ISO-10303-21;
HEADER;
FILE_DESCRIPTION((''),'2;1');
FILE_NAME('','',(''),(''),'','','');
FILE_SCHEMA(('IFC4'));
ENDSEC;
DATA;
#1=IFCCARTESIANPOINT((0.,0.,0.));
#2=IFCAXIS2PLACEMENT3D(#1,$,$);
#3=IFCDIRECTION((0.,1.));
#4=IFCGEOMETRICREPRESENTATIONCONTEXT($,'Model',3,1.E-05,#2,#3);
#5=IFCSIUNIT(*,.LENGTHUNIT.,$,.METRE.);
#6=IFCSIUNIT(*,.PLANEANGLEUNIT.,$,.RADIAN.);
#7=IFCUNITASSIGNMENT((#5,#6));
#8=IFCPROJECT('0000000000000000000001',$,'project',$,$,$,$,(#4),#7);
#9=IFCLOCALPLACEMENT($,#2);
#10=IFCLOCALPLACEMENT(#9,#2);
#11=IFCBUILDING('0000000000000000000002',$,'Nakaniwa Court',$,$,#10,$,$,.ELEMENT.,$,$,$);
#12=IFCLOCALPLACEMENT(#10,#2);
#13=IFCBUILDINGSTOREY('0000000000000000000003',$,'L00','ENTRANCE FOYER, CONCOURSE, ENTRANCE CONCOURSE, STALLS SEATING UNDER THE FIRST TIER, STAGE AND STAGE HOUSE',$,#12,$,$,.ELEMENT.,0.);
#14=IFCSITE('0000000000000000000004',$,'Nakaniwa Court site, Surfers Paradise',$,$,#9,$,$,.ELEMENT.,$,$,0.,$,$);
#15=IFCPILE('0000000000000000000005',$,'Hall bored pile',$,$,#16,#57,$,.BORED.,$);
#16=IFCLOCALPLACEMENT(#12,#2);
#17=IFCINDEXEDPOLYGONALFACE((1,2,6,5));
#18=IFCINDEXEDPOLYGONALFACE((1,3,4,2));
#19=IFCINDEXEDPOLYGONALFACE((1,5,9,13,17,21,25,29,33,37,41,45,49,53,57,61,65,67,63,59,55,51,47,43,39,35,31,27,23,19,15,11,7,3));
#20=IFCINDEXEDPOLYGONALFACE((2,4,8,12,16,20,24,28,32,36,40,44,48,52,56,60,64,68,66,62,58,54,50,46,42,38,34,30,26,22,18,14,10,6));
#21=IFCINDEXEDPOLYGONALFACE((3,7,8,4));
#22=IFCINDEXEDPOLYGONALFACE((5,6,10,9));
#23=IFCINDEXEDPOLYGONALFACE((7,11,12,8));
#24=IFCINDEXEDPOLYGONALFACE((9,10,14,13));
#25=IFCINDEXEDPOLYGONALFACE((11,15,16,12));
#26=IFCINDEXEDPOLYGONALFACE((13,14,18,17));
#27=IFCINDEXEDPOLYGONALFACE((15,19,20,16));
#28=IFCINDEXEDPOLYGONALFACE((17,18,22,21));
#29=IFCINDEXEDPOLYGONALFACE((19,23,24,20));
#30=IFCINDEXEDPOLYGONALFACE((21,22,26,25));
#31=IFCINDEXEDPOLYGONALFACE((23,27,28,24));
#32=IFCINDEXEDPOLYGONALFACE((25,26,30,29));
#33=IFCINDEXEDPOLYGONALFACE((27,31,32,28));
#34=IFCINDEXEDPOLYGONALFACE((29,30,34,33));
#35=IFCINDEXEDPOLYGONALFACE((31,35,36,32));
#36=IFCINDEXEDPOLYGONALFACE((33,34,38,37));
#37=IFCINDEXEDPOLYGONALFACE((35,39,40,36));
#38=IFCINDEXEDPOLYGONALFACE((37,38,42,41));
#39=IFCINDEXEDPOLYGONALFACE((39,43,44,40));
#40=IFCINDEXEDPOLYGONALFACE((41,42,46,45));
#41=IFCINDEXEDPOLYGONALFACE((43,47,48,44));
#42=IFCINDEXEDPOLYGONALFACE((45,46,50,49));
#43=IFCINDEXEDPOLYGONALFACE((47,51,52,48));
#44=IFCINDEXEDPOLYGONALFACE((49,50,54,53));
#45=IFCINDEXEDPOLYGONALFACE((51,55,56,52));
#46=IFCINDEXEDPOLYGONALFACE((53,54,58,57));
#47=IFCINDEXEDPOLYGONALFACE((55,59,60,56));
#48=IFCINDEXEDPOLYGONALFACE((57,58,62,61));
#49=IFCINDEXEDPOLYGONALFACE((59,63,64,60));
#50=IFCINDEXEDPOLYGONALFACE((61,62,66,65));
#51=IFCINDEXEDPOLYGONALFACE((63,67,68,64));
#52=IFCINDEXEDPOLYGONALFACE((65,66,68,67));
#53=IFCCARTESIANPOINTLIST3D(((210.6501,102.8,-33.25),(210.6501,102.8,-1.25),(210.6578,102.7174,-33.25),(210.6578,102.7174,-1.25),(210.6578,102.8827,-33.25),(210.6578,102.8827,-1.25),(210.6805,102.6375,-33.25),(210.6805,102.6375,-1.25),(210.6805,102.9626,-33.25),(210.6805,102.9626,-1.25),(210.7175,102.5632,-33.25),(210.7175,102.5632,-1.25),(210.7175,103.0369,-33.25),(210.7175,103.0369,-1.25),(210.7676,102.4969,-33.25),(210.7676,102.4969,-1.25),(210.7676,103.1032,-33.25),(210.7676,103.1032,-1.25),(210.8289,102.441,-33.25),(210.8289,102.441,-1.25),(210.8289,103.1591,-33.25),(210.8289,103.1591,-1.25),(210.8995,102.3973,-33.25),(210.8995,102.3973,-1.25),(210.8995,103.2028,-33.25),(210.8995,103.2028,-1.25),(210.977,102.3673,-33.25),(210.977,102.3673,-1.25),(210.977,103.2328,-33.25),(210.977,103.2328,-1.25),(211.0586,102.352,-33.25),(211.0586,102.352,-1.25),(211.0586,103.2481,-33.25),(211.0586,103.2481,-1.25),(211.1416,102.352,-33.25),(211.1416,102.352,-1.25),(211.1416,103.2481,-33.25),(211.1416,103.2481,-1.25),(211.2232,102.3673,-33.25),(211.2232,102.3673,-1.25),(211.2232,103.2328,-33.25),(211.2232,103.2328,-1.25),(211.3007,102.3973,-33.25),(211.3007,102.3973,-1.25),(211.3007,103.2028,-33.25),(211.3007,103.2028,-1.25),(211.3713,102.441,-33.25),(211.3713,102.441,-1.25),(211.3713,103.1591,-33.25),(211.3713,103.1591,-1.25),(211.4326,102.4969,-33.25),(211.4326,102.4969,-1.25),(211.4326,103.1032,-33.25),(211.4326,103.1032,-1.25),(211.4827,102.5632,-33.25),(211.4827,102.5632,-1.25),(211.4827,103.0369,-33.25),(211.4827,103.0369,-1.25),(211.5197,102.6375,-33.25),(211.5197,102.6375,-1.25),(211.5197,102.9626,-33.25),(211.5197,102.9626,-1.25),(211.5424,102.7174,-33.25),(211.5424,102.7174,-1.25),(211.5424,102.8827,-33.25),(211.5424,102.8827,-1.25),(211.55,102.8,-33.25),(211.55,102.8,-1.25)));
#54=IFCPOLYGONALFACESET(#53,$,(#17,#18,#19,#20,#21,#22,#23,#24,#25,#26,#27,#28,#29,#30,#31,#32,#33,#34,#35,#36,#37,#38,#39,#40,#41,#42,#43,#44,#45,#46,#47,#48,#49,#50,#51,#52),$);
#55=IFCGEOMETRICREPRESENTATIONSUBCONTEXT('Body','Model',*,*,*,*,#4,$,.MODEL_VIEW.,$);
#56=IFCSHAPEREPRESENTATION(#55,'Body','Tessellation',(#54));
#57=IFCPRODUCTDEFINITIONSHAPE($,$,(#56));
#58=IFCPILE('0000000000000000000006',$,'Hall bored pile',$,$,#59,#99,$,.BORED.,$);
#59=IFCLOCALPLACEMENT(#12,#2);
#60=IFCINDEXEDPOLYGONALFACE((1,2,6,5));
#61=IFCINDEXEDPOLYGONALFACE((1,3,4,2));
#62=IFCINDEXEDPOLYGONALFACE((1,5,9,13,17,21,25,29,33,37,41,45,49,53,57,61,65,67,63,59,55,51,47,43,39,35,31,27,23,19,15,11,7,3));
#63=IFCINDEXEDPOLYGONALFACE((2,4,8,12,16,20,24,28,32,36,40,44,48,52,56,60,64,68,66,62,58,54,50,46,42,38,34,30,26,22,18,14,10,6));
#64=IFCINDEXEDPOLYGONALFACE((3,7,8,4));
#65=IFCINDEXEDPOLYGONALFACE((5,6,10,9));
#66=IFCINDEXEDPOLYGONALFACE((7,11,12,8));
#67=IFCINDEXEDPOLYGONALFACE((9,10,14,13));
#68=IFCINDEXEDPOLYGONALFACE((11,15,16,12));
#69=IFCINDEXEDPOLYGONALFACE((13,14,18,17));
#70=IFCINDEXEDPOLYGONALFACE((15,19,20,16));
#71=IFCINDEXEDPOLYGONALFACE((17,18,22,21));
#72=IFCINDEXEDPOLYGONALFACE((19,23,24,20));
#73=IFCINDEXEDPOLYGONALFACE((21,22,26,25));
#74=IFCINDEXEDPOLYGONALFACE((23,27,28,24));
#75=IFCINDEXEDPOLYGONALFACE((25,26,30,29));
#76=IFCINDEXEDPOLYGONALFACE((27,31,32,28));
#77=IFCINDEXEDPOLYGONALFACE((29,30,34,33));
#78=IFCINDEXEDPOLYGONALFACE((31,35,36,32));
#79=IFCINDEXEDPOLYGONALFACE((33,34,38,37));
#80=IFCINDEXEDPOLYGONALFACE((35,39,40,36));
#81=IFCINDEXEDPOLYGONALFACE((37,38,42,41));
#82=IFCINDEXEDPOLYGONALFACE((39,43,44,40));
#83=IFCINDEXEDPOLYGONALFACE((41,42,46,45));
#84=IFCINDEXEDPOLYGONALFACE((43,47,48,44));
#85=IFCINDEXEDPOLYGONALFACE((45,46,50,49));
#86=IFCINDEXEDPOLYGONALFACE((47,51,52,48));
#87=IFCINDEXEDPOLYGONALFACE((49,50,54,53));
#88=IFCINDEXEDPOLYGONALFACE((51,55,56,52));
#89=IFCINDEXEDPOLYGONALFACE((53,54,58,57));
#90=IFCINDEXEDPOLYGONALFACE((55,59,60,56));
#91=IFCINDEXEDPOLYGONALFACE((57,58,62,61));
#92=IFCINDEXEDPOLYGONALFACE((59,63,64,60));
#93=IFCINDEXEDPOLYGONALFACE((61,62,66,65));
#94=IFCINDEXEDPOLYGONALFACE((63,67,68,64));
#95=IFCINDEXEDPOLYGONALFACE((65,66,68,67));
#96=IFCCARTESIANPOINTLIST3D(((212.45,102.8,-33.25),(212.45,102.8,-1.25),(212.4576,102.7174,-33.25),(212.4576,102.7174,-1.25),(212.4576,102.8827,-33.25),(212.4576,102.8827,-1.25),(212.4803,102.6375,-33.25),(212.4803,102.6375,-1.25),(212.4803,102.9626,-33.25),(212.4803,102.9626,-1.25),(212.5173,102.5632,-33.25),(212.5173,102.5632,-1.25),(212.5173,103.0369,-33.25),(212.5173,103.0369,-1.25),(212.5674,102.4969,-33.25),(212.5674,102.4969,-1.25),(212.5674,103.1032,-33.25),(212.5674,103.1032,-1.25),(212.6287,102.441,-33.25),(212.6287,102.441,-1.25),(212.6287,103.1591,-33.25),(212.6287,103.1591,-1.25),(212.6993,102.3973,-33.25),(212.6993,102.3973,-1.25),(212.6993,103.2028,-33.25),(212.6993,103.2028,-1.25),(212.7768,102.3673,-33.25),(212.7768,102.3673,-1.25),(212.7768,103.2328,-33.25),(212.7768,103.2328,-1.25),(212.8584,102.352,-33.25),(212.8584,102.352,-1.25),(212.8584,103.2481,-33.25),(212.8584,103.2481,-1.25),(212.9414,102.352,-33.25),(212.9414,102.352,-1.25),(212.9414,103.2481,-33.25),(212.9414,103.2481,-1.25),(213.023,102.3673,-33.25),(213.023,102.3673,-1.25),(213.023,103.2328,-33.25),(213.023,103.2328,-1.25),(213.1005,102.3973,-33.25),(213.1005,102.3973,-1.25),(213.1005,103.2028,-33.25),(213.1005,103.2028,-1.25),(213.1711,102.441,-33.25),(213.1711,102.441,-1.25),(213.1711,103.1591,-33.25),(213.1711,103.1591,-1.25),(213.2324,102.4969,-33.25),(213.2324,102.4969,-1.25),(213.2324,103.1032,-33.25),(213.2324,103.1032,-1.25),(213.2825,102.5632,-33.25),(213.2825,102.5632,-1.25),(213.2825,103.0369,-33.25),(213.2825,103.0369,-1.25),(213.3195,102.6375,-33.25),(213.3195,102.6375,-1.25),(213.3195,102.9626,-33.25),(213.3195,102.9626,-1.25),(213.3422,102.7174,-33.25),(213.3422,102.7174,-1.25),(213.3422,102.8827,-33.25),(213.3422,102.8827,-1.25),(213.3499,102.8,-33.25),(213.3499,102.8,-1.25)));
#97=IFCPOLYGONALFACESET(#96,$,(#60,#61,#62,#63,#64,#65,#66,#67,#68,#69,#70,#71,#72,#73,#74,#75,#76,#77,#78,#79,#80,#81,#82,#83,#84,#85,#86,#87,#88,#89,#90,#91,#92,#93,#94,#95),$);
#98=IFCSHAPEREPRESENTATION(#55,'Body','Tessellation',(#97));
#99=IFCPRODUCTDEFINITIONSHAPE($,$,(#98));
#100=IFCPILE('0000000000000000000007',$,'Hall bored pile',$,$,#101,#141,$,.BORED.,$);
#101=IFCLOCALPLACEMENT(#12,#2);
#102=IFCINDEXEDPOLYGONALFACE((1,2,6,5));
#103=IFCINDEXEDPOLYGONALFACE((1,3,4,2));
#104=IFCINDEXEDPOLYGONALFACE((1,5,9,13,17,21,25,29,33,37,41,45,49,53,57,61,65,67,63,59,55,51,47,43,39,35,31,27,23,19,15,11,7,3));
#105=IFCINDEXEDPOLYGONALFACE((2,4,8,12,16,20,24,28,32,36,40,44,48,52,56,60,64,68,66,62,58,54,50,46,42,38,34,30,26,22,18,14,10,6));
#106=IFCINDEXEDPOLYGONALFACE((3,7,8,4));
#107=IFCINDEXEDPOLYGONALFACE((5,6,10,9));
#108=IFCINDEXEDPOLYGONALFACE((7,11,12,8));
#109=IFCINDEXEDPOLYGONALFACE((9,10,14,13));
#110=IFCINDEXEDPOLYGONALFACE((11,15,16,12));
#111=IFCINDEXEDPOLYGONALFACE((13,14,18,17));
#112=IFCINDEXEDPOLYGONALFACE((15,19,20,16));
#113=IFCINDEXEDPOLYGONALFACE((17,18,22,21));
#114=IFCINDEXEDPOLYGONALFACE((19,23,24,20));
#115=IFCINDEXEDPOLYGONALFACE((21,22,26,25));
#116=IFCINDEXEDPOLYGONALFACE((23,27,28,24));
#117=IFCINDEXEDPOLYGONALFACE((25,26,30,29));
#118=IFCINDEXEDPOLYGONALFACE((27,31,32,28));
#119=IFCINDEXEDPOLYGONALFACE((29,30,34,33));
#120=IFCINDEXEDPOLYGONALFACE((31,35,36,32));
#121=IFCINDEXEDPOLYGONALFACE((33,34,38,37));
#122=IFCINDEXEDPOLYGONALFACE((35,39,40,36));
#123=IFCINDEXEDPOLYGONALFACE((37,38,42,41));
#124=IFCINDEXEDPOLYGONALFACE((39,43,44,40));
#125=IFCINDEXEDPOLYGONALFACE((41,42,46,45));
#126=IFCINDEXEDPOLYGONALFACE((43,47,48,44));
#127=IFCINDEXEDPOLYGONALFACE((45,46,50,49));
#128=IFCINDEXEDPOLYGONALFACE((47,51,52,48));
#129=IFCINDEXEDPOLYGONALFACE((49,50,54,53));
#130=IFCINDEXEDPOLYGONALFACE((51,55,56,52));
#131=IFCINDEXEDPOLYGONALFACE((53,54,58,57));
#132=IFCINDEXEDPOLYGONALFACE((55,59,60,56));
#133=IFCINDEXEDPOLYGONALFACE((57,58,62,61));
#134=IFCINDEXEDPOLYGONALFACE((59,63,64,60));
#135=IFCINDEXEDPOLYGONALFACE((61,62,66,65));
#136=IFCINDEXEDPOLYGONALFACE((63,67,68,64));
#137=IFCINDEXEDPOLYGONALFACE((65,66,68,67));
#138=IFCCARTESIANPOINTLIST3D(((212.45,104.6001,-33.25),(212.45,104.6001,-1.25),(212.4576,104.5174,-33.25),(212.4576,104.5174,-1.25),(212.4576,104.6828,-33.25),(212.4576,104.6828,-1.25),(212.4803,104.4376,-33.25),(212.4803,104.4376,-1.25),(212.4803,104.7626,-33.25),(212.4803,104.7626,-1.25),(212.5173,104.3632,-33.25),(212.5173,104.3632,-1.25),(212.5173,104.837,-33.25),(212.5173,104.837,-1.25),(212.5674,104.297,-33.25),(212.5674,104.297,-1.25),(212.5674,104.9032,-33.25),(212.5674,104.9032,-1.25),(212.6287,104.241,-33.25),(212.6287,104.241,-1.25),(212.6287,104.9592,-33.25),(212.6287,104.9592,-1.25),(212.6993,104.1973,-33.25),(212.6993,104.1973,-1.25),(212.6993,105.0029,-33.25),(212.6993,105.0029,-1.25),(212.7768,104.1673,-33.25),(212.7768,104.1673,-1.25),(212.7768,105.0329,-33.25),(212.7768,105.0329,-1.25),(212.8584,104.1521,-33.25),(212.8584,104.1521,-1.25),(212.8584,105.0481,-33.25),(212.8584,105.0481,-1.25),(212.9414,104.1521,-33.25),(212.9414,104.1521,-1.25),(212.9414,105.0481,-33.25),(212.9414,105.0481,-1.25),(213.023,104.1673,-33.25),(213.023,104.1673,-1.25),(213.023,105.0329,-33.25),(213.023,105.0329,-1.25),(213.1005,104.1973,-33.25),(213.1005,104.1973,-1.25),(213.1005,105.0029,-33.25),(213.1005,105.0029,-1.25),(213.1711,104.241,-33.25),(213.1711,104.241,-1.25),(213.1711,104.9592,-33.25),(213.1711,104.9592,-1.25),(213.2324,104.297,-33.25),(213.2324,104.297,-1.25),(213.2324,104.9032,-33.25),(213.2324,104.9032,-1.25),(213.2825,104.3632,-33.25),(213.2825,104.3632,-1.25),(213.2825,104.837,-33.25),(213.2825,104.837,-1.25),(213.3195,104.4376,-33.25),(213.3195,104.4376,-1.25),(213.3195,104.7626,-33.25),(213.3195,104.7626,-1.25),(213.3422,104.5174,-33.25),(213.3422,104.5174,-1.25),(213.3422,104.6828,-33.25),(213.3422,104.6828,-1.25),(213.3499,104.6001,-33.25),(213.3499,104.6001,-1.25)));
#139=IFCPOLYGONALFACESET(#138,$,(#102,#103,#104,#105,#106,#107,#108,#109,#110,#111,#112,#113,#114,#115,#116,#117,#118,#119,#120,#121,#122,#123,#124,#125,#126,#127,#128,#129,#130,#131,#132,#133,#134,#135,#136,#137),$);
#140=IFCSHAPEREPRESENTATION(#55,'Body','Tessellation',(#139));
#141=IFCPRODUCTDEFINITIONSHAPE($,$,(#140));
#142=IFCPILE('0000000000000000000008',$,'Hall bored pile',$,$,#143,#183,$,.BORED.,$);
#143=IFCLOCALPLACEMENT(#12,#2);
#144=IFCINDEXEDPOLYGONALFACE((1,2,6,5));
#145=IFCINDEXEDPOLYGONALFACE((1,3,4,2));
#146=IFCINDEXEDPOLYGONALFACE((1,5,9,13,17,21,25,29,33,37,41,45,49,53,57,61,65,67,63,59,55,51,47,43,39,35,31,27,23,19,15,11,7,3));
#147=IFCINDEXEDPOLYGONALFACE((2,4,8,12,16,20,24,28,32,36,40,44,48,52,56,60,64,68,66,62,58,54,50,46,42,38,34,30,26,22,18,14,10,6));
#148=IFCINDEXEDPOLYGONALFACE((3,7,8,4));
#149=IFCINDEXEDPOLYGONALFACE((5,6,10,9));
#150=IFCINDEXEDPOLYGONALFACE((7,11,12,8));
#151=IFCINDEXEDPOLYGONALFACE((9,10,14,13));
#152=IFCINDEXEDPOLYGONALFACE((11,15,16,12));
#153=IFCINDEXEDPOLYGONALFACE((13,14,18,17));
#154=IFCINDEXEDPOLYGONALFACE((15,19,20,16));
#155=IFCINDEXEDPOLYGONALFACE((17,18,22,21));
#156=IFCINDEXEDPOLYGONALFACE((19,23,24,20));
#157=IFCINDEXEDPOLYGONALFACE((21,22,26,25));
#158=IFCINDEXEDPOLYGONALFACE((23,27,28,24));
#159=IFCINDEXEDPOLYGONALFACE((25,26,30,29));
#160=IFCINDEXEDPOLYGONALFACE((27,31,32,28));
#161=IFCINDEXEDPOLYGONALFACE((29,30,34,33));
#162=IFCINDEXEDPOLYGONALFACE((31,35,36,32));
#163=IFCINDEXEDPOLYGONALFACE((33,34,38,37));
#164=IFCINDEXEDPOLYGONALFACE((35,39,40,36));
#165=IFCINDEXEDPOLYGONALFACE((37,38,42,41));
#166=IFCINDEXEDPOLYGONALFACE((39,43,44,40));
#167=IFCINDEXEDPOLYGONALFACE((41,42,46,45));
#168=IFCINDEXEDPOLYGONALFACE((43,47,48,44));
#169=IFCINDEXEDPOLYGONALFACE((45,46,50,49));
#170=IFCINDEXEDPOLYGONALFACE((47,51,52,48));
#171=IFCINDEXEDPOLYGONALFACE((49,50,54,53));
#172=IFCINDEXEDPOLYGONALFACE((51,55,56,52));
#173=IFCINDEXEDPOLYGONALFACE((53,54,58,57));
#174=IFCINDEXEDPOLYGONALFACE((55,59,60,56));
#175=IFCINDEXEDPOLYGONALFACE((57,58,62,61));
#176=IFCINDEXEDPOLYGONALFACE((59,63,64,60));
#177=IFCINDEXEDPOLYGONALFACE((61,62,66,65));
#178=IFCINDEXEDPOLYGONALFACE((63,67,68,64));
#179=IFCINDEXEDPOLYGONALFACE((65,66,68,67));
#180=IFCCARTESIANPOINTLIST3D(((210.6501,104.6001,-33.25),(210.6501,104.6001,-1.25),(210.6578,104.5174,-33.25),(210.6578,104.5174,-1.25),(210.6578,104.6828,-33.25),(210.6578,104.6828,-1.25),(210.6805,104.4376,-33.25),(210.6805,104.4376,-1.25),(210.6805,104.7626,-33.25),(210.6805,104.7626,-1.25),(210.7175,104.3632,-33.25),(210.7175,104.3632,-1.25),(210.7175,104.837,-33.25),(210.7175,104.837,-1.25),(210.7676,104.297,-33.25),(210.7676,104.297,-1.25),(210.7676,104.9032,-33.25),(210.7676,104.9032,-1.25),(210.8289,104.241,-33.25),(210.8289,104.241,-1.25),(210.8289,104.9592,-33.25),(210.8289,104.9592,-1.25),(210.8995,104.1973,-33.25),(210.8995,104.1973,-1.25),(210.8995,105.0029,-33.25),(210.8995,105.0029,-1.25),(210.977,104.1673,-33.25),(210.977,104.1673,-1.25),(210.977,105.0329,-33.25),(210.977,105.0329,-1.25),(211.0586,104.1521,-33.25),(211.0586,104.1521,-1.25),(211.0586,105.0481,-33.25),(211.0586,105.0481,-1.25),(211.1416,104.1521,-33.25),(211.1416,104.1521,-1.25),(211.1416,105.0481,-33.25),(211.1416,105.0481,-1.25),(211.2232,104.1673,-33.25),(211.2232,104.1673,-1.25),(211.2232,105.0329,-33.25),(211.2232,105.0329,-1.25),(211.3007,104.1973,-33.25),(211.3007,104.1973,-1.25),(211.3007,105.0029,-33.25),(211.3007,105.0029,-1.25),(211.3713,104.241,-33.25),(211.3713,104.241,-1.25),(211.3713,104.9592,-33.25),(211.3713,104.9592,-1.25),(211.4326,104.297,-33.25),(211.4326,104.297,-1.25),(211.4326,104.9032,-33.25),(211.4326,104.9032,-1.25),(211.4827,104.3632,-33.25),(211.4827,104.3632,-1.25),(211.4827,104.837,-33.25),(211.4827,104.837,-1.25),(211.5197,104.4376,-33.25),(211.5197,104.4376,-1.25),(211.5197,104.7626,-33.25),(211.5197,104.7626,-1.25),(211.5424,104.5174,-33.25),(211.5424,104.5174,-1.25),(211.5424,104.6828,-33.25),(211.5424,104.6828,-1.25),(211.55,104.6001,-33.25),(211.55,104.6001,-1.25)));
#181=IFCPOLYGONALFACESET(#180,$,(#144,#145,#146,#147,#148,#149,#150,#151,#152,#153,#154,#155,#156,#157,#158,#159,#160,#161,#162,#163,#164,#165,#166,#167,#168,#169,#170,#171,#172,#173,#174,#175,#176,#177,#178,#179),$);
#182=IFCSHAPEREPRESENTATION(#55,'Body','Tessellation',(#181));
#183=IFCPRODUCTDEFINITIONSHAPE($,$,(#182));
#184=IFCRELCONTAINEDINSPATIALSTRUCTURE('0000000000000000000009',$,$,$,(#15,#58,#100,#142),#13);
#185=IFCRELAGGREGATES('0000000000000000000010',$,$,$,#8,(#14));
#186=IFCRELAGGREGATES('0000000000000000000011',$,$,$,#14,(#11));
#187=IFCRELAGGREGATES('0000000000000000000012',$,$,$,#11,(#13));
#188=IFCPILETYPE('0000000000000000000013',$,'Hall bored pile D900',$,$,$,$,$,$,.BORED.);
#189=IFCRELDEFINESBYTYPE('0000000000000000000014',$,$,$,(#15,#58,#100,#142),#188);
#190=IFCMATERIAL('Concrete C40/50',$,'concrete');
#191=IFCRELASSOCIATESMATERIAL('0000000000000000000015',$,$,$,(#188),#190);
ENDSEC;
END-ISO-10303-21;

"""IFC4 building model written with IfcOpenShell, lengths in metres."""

from ifc_helpers import new_model, si_unit, direction, frame, origin, origin_2d, place, context, subcontext, project, spatial, circle, extrude, material, material_profile, profile_set, type_object, element, save


model = new_model("IFC4")

# Units and contexts
model_context = context("Model", 3, precision=1e-05, world=origin(), true_north=direction((0.0, 1.0)))
body_context = subcontext(model_context, "Body", "Model", "MODEL_VIEW")
ifc_project = project(units=[si_unit("LENGTHUNIT", "METRE"), si_unit("PLANEANGLEUNIT", "RADIAN")], contexts=[model_context])

# Site, building, storey
site_placement = place(None, origin())
site = spatial("IfcSite", under=ifc_project, at=site_placement, Name="Nakaniwa Court site, Surfers Paradise", CompositionType="ELEMENT", RefElevation=0.0)
building_placement = place(site_placement, origin())
building = spatial("IfcBuilding", under=site, at=building_placement, Name="Nakaniwa Court", CompositionType="ELEMENT")
storey_placement = place(building_placement, origin())
storey = spatial("IfcBuildingStorey", under=building, at=storey_placement, Name="L00", Description="ENTRANCE FOYER, CONCOURSE, ENTRANCE CONCOURSE, STALLS SEATING UNDER THE FIRST TIER, STAGE AND STAGE HOUSE", CompositionType="ELEMENT", Elevation=0.0)

# Piles
ifc_material_1 = material(Name="Concrete C40/50", Category="concrete")
ifc_material_profile_1 = material_profile(ifc_material_1, circle(Radius=0.45, at=origin_2d()), Name="Bored pile D900")
ifc_profile_set_1 = profile_set([ifc_material_profile_1], Name="Concrete C40/50")
pile_type = type_object("IfcPileType", Name="Hall bored pile D900", PredefinedType="BORED", material=ifc_profile_set_1)
for number, where, z_axis, x_axis, name in (
    (1, (211.1001, 102.8, -1.25), (0.0, 0.0, -1.0), (1.0, 0.0, 0.0), "Hall bored pile"),
    (2, (212.8999, 102.8, -1.25), (0.0, 0.0, -1.0), (1.0, 0.0, 0.0), "Hall bored pile"),
    (3, (212.8999, 104.6001, -1.25), (0.0, 0.0, -1.0), (1.0, 0.0, 0.0), "Hall bored pile"),
    (4, (211.1001, 104.6001, -1.25), (0.0, 0.0, -1.0), (1.0, 0.0, 0.0), "Hall bored pile"),
):
    element("IfcPile", number, at=place(storey_placement, frame(where, z_axis=z_axis, x_axis=x_axis)), inside=storey, type_object=pile_type, Name=name, PredefinedType="BORED", context=body_context, shape_type="SweptSolid", body=[
        extrude(circle(Radius=0.45, at=origin_2d()), origin(), (0.0, 0.0, 1.0), 32.0),
    ])

save(model, "model.ifc")
